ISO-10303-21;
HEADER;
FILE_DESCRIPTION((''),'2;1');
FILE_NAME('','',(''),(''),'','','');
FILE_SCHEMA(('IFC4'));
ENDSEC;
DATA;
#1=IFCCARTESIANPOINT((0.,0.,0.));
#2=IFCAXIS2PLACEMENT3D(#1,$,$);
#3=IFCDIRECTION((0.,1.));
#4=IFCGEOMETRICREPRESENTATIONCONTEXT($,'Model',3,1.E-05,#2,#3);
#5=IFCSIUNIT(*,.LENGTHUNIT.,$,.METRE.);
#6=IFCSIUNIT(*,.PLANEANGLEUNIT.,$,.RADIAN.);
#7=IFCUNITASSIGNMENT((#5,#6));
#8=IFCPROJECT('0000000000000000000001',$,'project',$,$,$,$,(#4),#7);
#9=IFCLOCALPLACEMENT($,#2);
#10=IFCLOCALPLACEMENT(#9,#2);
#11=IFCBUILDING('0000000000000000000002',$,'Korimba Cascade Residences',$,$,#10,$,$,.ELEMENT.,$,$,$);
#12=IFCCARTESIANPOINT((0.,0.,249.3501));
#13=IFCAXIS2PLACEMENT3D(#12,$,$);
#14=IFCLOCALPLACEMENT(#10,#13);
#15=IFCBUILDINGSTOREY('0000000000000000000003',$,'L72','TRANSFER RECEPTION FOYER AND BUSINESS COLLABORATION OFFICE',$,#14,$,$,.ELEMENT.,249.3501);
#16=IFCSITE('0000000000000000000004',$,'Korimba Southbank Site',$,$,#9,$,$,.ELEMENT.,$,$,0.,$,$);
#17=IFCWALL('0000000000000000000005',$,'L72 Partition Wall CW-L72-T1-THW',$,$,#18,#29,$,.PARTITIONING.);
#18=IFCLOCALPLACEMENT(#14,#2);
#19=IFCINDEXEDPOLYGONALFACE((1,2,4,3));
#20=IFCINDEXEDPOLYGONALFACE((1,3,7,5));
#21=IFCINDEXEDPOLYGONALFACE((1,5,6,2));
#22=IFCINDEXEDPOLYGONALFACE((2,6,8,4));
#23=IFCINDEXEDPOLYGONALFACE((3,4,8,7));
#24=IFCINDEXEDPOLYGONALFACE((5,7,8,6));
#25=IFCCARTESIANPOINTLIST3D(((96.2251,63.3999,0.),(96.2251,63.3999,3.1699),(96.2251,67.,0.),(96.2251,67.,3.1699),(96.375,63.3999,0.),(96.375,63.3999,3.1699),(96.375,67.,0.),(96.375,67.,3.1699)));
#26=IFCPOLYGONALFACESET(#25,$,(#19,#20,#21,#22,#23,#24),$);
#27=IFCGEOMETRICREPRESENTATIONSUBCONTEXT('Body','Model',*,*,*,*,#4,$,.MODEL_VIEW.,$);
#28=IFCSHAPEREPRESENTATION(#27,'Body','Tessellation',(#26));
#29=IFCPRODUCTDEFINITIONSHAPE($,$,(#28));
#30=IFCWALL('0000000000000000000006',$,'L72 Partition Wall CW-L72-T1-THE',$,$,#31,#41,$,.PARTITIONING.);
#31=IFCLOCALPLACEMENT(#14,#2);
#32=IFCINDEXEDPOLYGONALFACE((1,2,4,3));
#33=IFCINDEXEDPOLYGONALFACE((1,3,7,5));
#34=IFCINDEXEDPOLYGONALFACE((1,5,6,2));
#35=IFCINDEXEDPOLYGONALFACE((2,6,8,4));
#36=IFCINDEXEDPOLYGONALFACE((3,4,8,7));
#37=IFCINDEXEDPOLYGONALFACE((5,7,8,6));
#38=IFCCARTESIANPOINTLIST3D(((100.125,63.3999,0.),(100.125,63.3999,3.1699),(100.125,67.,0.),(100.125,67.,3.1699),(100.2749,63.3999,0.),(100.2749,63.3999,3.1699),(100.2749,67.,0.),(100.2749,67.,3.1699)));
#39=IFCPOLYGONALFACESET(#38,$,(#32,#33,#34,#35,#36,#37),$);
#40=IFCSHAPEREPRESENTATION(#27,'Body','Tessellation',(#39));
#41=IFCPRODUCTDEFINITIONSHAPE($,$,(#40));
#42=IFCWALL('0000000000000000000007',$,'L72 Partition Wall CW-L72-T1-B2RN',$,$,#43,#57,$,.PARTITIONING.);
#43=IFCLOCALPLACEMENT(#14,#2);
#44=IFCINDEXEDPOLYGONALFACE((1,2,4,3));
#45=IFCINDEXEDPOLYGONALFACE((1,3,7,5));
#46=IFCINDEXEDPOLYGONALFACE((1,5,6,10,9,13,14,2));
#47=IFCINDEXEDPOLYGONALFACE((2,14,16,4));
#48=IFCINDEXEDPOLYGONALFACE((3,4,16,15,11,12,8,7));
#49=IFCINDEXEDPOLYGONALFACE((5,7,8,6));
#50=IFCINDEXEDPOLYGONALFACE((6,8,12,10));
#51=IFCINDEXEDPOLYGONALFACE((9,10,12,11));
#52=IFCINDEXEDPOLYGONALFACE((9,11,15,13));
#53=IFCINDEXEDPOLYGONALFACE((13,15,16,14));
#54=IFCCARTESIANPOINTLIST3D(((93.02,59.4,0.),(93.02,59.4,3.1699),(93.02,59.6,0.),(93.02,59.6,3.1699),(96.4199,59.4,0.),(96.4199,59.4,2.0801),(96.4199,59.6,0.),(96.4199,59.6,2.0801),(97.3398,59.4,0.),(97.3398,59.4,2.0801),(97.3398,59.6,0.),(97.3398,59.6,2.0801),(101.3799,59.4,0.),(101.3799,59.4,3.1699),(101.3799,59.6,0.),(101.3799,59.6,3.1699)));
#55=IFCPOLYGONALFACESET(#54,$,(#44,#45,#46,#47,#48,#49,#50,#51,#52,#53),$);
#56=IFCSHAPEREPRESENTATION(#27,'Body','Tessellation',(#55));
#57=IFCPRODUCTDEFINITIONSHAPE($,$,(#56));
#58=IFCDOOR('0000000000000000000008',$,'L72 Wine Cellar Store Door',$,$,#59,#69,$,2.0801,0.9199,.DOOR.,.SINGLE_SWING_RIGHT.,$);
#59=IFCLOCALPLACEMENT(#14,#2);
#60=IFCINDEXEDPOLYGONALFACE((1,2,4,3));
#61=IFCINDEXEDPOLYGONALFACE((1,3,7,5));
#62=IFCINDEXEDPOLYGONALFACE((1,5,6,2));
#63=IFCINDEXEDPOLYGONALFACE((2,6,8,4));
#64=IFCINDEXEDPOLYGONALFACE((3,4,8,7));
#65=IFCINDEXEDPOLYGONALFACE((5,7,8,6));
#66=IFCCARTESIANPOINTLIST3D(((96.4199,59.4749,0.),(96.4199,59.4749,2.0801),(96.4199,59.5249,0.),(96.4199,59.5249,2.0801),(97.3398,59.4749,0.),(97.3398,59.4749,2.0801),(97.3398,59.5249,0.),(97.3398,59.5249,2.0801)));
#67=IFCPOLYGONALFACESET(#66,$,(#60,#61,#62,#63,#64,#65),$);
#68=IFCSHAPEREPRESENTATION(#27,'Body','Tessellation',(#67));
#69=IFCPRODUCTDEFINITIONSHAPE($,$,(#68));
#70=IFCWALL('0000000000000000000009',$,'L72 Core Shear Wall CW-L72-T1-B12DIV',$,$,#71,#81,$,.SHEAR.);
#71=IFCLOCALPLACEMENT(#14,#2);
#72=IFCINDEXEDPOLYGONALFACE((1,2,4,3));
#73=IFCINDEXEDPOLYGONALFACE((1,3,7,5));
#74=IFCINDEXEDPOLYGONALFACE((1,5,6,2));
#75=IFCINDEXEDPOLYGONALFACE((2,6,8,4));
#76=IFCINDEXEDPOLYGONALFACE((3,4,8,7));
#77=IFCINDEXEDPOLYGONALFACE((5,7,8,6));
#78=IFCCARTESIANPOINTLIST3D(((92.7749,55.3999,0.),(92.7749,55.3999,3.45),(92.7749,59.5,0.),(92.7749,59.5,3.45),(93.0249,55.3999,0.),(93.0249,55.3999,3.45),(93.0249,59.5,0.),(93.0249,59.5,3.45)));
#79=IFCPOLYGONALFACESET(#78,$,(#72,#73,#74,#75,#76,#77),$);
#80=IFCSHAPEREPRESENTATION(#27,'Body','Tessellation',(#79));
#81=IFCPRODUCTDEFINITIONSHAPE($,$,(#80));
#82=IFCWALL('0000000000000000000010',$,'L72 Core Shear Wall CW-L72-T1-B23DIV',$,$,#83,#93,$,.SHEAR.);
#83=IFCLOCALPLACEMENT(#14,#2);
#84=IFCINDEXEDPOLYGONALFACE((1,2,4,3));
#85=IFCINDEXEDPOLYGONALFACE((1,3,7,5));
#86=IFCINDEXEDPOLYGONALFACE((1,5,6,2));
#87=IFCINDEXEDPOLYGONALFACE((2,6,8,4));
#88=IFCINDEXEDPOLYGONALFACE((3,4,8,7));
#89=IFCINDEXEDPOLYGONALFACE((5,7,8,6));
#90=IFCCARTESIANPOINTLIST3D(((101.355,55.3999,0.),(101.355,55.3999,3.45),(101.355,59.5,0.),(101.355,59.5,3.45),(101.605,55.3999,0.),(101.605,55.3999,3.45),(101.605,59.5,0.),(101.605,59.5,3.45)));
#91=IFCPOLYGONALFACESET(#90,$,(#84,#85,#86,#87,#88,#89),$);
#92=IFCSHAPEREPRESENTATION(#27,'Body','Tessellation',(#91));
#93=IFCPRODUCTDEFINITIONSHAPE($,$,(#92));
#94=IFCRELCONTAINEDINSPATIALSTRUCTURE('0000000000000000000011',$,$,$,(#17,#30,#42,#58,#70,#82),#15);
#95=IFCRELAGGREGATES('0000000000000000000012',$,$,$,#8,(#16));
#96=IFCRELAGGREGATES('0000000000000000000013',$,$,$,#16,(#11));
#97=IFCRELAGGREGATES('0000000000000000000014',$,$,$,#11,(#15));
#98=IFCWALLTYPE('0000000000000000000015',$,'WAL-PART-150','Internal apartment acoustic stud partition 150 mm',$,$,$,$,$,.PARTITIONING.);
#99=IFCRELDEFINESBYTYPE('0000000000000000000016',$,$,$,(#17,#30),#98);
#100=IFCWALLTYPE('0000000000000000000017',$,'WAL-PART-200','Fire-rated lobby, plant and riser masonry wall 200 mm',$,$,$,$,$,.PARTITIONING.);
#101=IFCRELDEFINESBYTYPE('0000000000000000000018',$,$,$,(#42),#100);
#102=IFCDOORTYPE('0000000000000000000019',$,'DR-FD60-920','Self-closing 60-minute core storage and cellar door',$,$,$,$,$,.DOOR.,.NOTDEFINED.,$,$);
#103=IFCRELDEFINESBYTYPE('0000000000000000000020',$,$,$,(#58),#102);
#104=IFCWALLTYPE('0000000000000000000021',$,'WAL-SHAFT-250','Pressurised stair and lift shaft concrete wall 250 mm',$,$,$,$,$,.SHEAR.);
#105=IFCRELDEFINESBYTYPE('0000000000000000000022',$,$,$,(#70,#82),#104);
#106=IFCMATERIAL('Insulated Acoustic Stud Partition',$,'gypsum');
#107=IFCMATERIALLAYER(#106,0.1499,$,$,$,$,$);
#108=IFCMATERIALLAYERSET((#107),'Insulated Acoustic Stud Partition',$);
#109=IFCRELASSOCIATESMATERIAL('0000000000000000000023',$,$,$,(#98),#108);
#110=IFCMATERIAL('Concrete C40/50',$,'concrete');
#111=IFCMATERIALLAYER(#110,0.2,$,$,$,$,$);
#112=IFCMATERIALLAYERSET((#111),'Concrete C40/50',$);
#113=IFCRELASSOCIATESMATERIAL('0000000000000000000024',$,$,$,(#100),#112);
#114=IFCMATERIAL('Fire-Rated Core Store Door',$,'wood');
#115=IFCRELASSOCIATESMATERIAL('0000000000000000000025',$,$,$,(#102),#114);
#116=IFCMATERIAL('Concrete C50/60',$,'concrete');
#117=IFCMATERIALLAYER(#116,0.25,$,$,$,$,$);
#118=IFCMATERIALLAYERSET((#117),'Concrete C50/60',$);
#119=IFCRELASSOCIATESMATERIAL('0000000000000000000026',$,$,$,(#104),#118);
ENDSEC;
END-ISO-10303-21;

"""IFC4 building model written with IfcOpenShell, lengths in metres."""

from ifc_helpers import new_model, si_unit, direction, frame, frame_2d, origin, place, context, subcontext, project, spatial, rectangle, extrude, material, layer, layer_set, type_object, element, fill, save


model = new_model("IFC4")

# Units and contexts
model_context = context("Model", 3, precision=1e-05, world=origin(), true_north=direction((0.0, 1.0)))
body_context = subcontext(model_context, "Body", "Model", "MODEL_VIEW")
ifc_project = project(units=[si_unit("LENGTHUNIT", "METRE"), si_unit("PLANEANGLEUNIT", "RADIAN")], contexts=[model_context])

# Site, building, storey
site_placement = place(None, origin())
site = spatial("IfcSite", under=ifc_project, at=site_placement, Name="Korimba Southbank Site", CompositionType="ELEMENT", RefElevation=0.0)
building_placement = place(site_placement, origin())
building = spatial("IfcBuilding", under=site, at=building_placement, Name="Korimba Cascade Residences", CompositionType="ELEMENT")
storey_placement = place(building_placement, frame((0.0, 0.0, 249.3501)))
storey = spatial("IfcBuildingStorey", under=building, at=storey_placement, Name="L72", Description="TRANSFER RECEPTION FOYER AND BUSINESS COLLABORATION OFFICE", CompositionType="ELEMENT", Elevation=249.3501)

# Shared definitions
ifc_material_1 = material(Name="Concrete C50/60", Category="concrete")

# Walls
ifc_material_2 = material(Name="Insulated Acoustic Stud Partition", Category="gypsum")
ifc_layer_1 = layer(ifc_material_2, 0.1499)
ifc_layer_set_1 = layer_set([ifc_layer_1], Name="Insulated Acoustic Stud Partition")
wall_type_1 = type_object("IfcWallType", Name="WAL-PART-150", Description="Internal apartment acoustic stud partition 150 mm", PredefinedType="PARTITIONING", material=ifc_layer_set_1)
for number, where, z_axis, x_axis, name in (
    (1, (96.3, 63.3999, 0.0), (0.0, 0.0, 1.0), (0.0, 1.0, 0.0), "L72 Partition Wall CW-L72-T1-THW"),
    (2, (100.2, 63.3999, 0.0), (0.0, 0.0, 1.0), (0.0, 1.0, 0.0), "L72 Partition Wall CW-L72-T1-THE"),
):
    element("IfcWall", number, at=place(storey_placement, frame(where, z_axis=z_axis, x_axis=x_axis)), inside=storey, type_object=wall_type_1, Name=name, PredefinedType="PARTITIONING", context=body_context, shape_type="SweptSolid", body=[
        extrude(rectangle(XDim=3.6001, YDim=0.1499, at=frame_2d((1.8, 0.0))), origin(), (0.0, 0.0, 1.0), 3.1699),
    ])

# Wall, opening, door
ifc_material_3 = material(Name="Concrete C40/50", Category="concrete")
ifc_layer_2 = layer(ifc_material_3, 0.2)
ifc_layer_set_2 = layer_set([ifc_layer_2], Name="Concrete C40/50")
wall_type_2 = type_object("IfcWallType", Name="WAL-PART-200", Description="Fire-rated lobby, plant and riser masonry wall 200 mm", PredefinedType="PARTITIONING", material=ifc_layer_set_2)
wall_1_placement = place(storey_placement, frame((93.02, 59.5, 0.0), z_axis=(0.0, 0.0, 1.0), x_axis=(1.0, 0.0, 0.0)))
wall_1 = element("IfcWall", 3, at=wall_1_placement, inside=storey, type_object=wall_type_2, Name="L72 Partition Wall CW-L72-T1-B2RN", PredefinedType="PARTITIONING", context=body_context, shape_type="SweptSolid", body=[
    extrude(rectangle(XDim=8.3599, YDim=0.2, at=frame_2d((4.1799, 0.0))), origin(), (0.0, 0.0, 1.0), 3.1699),
])
opening_1_placement = place(wall_1_placement, frame((3.3999, 0.0, 0.0)))
opening_1 = element("IfcOpeningElement", 4, at=opening_1_placement, cuts=wall_1, PredefinedType="OPENING", context=body_context, shape_type="SweptSolid", body=[
    extrude(rectangle(XDim=0.9199, YDim=2.0801, at=frame_2d((0.46, 1.04))), frame((0.0, 0.1099, 0.0), z_axis=(0.0, -1.0, 0.0), x_axis=(1.0, 0.0, 0.0)), (0.0, 0.0, 1.0), 0.22),
])
ifc_material_4 = material(Name="Fire-Rated Core Store Door", Category="wood")
door_type_1 = type_object("IfcDoorType", Name="DR-FD60-920", Description="Self-closing 60-minute core storage and cellar door", OperationType="NOTDEFINED", PredefinedType="DOOR", material=ifc_material_4)
door_1_placement = place(opening_1_placement, origin())
door_1 = element("IfcDoor", 5, at=door_1_placement, inside=storey, type_object=door_type_1, Name="L72 Wine Cellar Store Door", OperationType="SINGLE_SWING_RIGHT", OverallHeight=2.0801, OverallWidth=0.9199, PredefinedType="DOOR", context=body_context, shape_type="SweptSolid", body=[
    extrude(rectangle(XDim=0.9199, YDim=2.0801, at=frame_2d((0.46, 1.04))), frame((0.0, 0.0249, 0.0), z_axis=(0.0, -1.0, 0.0), x_axis=(1.0, 0.0, 0.0)), (0.0, 0.0, 1.0), 0.05),
])
fill(opening_1, door_1)

# Walls
ifc_layer_3 = layer(ifc_material_1, 0.25)
ifc_layer_set_3 = layer_set([ifc_layer_3], Name="Concrete C50/60")
wall_type_3 = type_object("IfcWallType", Name="WAL-SHAFT-250", Description="Pressurised stair and lift shaft concrete wall 250 mm", PredefinedType="SHEAR", material=ifc_layer_set_3)
for number, where, z_axis, x_axis, name in (
    (6, (92.8999, 55.3999, 0.0), (0.0, 0.0, 1.0), (0.0, 1.0, 0.0), "L72 Core Shear Wall CW-L72-T1-B12DIV"),
    (7, (101.48, 55.3999, 0.0), (0.0, 0.0, 1.0), (0.0, 1.0, 0.0), "L72 Core Shear Wall CW-L72-T1-B23DIV"),
):
    element("IfcWall", number, at=place(storey_placement, frame(where, z_axis=z_axis, x_axis=x_axis)), inside=storey, type_object=wall_type_3, Name=name, PredefinedType="SHEAR", context=body_context, shape_type="SweptSolid", body=[
        extrude(rectangle(XDim=4.1001, YDim=0.25, at=frame_2d((2.05, 0.0))), origin(), (0.0, 0.0, 1.0), 3.45),
    ])

save(model, "model.ifc")
